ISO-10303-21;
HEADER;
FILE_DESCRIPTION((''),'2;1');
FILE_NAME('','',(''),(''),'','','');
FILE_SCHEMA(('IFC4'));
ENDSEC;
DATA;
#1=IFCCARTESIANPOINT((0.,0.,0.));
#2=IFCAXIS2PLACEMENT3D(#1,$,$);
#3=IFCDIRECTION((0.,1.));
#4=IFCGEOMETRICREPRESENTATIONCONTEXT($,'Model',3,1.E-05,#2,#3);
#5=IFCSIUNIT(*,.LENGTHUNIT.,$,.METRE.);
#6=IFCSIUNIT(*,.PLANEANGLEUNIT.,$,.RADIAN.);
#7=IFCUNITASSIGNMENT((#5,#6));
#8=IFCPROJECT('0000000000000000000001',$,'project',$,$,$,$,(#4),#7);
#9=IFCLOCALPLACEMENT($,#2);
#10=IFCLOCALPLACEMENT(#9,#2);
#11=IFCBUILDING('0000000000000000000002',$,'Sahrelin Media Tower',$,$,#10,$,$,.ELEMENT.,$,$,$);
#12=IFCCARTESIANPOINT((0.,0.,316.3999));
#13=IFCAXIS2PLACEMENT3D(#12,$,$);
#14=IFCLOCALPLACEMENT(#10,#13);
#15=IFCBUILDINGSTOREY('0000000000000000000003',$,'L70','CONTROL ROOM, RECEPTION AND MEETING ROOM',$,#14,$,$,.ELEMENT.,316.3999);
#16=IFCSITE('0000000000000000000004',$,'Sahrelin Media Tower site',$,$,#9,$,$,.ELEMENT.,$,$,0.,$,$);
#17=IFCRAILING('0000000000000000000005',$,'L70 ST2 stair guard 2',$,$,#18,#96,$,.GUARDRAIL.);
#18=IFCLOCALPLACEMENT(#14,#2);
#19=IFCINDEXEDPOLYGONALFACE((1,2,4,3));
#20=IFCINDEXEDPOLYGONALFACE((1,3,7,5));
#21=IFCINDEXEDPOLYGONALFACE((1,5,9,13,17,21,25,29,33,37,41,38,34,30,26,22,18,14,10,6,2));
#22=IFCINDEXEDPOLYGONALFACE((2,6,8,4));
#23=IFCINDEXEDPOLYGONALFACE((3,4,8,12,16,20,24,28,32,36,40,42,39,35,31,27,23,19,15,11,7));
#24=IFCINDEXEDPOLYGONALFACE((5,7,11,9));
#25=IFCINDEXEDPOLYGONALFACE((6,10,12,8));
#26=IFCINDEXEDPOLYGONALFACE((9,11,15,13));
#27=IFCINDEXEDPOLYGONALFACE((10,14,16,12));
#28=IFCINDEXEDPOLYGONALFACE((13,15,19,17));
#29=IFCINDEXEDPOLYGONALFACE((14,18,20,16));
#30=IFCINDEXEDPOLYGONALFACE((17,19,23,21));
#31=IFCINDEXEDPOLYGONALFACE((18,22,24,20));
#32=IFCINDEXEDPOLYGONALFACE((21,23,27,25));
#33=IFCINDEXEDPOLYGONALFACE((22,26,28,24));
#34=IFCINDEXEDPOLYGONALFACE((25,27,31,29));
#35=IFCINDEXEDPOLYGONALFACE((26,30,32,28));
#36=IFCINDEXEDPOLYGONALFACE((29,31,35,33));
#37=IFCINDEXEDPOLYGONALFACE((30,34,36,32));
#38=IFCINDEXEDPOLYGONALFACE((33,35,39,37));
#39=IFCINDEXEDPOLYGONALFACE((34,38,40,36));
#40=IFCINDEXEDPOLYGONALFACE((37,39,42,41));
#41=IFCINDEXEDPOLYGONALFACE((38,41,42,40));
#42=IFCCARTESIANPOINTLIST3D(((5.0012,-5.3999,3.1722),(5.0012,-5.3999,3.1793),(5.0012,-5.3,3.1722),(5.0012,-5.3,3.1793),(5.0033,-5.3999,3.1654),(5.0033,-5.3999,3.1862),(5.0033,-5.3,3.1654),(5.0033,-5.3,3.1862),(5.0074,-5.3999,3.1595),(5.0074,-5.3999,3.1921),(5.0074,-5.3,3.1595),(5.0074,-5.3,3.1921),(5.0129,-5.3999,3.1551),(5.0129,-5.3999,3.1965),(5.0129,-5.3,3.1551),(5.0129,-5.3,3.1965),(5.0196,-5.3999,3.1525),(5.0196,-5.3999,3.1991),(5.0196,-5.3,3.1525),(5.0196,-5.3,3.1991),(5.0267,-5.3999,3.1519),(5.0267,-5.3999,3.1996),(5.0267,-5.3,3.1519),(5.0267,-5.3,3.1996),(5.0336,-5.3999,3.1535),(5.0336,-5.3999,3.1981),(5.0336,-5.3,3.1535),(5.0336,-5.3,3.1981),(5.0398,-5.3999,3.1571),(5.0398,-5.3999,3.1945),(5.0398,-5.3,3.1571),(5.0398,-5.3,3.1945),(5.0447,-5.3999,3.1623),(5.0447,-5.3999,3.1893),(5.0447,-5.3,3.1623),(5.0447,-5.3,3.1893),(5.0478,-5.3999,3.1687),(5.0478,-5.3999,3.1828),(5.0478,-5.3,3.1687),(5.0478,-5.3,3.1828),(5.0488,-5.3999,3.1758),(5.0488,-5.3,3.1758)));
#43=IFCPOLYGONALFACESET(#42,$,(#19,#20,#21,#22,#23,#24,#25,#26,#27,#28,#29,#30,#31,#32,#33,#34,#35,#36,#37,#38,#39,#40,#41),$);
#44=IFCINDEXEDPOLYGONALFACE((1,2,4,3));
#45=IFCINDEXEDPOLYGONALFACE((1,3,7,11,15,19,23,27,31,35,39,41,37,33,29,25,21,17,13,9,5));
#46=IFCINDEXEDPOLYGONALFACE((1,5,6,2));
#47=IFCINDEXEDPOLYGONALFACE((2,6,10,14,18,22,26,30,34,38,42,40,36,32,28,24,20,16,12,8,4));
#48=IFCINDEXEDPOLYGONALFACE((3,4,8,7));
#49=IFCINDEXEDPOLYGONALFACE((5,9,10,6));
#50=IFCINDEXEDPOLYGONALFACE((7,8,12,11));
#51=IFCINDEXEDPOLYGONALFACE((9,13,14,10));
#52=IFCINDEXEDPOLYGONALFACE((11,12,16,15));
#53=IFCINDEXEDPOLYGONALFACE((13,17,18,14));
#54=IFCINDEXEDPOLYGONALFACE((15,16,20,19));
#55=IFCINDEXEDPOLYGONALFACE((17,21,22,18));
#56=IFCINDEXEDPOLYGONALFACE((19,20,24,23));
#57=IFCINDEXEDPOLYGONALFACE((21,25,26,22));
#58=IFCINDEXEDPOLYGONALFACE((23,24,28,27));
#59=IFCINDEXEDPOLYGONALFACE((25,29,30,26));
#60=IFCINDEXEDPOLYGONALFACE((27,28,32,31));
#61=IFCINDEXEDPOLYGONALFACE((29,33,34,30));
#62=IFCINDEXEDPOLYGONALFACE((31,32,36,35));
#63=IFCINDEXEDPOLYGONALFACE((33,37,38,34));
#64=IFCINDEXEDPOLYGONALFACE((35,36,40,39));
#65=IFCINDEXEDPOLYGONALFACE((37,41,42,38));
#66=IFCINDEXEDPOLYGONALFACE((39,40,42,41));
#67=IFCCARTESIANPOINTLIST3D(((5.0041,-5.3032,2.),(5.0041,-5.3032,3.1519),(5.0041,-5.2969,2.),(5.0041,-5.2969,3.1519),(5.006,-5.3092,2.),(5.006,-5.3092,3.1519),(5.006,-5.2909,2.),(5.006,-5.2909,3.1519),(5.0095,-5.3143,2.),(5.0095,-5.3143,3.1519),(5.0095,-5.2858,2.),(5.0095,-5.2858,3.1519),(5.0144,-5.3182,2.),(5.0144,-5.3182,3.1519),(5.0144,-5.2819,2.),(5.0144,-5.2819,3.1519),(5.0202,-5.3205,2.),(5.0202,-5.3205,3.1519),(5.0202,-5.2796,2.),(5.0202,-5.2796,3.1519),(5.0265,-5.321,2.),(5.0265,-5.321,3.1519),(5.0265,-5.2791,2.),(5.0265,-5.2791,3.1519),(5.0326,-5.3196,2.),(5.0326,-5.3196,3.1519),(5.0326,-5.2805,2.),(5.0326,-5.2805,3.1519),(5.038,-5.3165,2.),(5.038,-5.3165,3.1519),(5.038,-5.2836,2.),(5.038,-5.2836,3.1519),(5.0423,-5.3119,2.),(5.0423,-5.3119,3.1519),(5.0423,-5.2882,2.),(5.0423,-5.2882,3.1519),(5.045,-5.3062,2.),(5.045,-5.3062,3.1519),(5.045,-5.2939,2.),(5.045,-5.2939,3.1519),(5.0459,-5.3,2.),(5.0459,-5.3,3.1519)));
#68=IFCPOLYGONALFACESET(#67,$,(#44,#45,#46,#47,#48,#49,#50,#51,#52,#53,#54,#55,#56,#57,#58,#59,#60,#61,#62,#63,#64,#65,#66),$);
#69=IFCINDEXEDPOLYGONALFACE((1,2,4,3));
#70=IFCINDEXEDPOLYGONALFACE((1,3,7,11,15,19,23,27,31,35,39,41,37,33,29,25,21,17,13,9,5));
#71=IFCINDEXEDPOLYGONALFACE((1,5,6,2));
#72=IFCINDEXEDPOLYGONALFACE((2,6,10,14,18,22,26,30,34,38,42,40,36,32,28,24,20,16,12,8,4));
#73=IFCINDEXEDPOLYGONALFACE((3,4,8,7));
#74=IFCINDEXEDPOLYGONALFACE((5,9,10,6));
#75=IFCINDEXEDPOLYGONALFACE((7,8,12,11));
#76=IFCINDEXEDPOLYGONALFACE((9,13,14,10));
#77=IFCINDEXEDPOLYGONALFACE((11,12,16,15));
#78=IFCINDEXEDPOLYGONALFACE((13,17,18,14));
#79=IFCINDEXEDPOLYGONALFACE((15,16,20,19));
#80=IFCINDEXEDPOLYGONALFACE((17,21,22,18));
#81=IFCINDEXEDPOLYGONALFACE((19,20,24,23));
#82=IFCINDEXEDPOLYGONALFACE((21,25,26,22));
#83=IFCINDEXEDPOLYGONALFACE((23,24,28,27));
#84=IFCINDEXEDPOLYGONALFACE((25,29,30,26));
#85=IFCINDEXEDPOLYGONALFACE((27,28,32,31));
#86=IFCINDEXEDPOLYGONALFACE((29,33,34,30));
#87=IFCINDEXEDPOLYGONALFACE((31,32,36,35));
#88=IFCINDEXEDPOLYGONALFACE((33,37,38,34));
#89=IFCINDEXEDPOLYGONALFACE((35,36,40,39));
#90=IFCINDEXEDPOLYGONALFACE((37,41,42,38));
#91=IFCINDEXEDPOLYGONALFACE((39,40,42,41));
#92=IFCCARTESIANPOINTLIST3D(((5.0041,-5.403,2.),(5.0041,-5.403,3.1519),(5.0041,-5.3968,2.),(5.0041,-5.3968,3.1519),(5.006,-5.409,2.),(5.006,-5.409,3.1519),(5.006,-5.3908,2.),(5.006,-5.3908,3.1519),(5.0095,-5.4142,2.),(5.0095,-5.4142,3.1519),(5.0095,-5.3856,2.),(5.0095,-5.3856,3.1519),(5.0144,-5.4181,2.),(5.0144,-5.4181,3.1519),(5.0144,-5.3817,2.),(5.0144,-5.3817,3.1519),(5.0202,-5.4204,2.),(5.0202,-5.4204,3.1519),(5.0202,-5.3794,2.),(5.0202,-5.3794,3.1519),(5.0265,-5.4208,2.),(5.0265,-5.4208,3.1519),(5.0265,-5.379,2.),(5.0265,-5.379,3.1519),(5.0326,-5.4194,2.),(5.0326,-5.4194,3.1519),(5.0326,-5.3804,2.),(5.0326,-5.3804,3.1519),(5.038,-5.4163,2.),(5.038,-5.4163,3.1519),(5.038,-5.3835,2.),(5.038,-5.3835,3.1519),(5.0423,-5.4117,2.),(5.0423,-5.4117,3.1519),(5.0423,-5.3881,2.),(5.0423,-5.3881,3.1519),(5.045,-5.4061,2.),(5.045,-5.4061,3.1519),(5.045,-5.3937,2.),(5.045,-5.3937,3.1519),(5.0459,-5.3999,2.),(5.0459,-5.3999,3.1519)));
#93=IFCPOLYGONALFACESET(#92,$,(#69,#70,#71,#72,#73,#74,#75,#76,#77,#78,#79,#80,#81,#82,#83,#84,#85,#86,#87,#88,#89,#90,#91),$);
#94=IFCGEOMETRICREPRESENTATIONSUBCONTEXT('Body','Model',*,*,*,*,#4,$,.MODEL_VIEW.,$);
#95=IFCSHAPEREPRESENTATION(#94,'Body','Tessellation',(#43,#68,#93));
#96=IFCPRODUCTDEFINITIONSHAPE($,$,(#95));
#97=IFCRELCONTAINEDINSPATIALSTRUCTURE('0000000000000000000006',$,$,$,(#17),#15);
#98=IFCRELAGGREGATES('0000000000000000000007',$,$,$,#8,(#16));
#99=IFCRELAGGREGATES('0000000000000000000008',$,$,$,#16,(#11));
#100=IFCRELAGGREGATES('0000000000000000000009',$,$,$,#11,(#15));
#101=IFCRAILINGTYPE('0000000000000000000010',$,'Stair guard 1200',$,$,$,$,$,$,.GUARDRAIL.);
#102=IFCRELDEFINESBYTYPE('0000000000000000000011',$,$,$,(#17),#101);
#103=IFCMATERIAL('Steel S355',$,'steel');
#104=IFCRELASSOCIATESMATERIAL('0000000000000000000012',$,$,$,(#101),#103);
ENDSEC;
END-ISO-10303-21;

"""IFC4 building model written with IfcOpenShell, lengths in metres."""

from ifc_helpers import new_model, si_unit, direction, frame, origin, origin_2d, place, context, subcontext, project, spatial, circle, extrude, material, type_object, element, save


model = new_model("IFC4")

# Units and contexts
model_context = context("Model", 3, precision=1e-05, world=origin(), true_north=direction((0.0, 1.0)))
body_context = subcontext(model_context, "Body", "Model", "MODEL_VIEW")
ifc_project = project(units=[si_unit("LENGTHUNIT", "METRE"), si_unit("PLANEANGLEUNIT", "RADIAN")], contexts=[model_context])

# Site, building, storey
site_placement = place(None, origin())
site = spatial("IfcSite", under=ifc_project, at=site_placement, Name="Sahrelin Media Tower site", CompositionType="ELEMENT", RefElevation=0.0)
building_placement = place(site_placement, origin())
building = spatial("IfcBuilding", under=site, at=building_placement, Name="Sahrelin Media Tower", CompositionType="ELEMENT")
storey_placement = place(building_placement, frame((0.0, 0.0, 316.3999)))
storey = spatial("IfcBuildingStorey", under=building, at=storey_placement, Name="L70", Description="CONTROL ROOM, RECEPTION AND MEETING ROOM", CompositionType="ELEMENT", Elevation=316.3999)

# Shared definitions
ifc_material_1 = material(Name="Steel S355", Category="steel")

# Railing
railing_type_1 = type_object("IfcRailingType", Name="Stair guard 1200", PredefinedType="GUARDRAIL", material=ifc_material_1)
railing_1_placement = place(storey_placement, frame((5.0249, -5.3, 2.0)))
element("IfcRailing", 1, at=railing_1_placement, inside=storey, type_object=railing_type_1, Name="L70 ST2 stair guard 2", PredefinedType="GUARDRAIL", context=body_context, shape_type="SweptSolid", body=[
    extrude(circle(Radius=0.0239, at=origin_2d()), frame((0.0, 0.0, 1.1758), z_axis=(0.0, -1.0, 0.0), x_axis=(1.0, 0.0, 0.0)), (0.0, 0.0, 1.0), 0.0999),
    extrude(circle(Radius=0.021, at=origin_2d()), origin(), (0.0, 0.0, 1.0), 1.1519),
    extrude(circle(Radius=0.021, at=origin_2d()), frame((0.0, -0.0999, 0.0)), (0.0, 0.0, 1.0), 1.1519),
])

save(model, "model.ifc")
